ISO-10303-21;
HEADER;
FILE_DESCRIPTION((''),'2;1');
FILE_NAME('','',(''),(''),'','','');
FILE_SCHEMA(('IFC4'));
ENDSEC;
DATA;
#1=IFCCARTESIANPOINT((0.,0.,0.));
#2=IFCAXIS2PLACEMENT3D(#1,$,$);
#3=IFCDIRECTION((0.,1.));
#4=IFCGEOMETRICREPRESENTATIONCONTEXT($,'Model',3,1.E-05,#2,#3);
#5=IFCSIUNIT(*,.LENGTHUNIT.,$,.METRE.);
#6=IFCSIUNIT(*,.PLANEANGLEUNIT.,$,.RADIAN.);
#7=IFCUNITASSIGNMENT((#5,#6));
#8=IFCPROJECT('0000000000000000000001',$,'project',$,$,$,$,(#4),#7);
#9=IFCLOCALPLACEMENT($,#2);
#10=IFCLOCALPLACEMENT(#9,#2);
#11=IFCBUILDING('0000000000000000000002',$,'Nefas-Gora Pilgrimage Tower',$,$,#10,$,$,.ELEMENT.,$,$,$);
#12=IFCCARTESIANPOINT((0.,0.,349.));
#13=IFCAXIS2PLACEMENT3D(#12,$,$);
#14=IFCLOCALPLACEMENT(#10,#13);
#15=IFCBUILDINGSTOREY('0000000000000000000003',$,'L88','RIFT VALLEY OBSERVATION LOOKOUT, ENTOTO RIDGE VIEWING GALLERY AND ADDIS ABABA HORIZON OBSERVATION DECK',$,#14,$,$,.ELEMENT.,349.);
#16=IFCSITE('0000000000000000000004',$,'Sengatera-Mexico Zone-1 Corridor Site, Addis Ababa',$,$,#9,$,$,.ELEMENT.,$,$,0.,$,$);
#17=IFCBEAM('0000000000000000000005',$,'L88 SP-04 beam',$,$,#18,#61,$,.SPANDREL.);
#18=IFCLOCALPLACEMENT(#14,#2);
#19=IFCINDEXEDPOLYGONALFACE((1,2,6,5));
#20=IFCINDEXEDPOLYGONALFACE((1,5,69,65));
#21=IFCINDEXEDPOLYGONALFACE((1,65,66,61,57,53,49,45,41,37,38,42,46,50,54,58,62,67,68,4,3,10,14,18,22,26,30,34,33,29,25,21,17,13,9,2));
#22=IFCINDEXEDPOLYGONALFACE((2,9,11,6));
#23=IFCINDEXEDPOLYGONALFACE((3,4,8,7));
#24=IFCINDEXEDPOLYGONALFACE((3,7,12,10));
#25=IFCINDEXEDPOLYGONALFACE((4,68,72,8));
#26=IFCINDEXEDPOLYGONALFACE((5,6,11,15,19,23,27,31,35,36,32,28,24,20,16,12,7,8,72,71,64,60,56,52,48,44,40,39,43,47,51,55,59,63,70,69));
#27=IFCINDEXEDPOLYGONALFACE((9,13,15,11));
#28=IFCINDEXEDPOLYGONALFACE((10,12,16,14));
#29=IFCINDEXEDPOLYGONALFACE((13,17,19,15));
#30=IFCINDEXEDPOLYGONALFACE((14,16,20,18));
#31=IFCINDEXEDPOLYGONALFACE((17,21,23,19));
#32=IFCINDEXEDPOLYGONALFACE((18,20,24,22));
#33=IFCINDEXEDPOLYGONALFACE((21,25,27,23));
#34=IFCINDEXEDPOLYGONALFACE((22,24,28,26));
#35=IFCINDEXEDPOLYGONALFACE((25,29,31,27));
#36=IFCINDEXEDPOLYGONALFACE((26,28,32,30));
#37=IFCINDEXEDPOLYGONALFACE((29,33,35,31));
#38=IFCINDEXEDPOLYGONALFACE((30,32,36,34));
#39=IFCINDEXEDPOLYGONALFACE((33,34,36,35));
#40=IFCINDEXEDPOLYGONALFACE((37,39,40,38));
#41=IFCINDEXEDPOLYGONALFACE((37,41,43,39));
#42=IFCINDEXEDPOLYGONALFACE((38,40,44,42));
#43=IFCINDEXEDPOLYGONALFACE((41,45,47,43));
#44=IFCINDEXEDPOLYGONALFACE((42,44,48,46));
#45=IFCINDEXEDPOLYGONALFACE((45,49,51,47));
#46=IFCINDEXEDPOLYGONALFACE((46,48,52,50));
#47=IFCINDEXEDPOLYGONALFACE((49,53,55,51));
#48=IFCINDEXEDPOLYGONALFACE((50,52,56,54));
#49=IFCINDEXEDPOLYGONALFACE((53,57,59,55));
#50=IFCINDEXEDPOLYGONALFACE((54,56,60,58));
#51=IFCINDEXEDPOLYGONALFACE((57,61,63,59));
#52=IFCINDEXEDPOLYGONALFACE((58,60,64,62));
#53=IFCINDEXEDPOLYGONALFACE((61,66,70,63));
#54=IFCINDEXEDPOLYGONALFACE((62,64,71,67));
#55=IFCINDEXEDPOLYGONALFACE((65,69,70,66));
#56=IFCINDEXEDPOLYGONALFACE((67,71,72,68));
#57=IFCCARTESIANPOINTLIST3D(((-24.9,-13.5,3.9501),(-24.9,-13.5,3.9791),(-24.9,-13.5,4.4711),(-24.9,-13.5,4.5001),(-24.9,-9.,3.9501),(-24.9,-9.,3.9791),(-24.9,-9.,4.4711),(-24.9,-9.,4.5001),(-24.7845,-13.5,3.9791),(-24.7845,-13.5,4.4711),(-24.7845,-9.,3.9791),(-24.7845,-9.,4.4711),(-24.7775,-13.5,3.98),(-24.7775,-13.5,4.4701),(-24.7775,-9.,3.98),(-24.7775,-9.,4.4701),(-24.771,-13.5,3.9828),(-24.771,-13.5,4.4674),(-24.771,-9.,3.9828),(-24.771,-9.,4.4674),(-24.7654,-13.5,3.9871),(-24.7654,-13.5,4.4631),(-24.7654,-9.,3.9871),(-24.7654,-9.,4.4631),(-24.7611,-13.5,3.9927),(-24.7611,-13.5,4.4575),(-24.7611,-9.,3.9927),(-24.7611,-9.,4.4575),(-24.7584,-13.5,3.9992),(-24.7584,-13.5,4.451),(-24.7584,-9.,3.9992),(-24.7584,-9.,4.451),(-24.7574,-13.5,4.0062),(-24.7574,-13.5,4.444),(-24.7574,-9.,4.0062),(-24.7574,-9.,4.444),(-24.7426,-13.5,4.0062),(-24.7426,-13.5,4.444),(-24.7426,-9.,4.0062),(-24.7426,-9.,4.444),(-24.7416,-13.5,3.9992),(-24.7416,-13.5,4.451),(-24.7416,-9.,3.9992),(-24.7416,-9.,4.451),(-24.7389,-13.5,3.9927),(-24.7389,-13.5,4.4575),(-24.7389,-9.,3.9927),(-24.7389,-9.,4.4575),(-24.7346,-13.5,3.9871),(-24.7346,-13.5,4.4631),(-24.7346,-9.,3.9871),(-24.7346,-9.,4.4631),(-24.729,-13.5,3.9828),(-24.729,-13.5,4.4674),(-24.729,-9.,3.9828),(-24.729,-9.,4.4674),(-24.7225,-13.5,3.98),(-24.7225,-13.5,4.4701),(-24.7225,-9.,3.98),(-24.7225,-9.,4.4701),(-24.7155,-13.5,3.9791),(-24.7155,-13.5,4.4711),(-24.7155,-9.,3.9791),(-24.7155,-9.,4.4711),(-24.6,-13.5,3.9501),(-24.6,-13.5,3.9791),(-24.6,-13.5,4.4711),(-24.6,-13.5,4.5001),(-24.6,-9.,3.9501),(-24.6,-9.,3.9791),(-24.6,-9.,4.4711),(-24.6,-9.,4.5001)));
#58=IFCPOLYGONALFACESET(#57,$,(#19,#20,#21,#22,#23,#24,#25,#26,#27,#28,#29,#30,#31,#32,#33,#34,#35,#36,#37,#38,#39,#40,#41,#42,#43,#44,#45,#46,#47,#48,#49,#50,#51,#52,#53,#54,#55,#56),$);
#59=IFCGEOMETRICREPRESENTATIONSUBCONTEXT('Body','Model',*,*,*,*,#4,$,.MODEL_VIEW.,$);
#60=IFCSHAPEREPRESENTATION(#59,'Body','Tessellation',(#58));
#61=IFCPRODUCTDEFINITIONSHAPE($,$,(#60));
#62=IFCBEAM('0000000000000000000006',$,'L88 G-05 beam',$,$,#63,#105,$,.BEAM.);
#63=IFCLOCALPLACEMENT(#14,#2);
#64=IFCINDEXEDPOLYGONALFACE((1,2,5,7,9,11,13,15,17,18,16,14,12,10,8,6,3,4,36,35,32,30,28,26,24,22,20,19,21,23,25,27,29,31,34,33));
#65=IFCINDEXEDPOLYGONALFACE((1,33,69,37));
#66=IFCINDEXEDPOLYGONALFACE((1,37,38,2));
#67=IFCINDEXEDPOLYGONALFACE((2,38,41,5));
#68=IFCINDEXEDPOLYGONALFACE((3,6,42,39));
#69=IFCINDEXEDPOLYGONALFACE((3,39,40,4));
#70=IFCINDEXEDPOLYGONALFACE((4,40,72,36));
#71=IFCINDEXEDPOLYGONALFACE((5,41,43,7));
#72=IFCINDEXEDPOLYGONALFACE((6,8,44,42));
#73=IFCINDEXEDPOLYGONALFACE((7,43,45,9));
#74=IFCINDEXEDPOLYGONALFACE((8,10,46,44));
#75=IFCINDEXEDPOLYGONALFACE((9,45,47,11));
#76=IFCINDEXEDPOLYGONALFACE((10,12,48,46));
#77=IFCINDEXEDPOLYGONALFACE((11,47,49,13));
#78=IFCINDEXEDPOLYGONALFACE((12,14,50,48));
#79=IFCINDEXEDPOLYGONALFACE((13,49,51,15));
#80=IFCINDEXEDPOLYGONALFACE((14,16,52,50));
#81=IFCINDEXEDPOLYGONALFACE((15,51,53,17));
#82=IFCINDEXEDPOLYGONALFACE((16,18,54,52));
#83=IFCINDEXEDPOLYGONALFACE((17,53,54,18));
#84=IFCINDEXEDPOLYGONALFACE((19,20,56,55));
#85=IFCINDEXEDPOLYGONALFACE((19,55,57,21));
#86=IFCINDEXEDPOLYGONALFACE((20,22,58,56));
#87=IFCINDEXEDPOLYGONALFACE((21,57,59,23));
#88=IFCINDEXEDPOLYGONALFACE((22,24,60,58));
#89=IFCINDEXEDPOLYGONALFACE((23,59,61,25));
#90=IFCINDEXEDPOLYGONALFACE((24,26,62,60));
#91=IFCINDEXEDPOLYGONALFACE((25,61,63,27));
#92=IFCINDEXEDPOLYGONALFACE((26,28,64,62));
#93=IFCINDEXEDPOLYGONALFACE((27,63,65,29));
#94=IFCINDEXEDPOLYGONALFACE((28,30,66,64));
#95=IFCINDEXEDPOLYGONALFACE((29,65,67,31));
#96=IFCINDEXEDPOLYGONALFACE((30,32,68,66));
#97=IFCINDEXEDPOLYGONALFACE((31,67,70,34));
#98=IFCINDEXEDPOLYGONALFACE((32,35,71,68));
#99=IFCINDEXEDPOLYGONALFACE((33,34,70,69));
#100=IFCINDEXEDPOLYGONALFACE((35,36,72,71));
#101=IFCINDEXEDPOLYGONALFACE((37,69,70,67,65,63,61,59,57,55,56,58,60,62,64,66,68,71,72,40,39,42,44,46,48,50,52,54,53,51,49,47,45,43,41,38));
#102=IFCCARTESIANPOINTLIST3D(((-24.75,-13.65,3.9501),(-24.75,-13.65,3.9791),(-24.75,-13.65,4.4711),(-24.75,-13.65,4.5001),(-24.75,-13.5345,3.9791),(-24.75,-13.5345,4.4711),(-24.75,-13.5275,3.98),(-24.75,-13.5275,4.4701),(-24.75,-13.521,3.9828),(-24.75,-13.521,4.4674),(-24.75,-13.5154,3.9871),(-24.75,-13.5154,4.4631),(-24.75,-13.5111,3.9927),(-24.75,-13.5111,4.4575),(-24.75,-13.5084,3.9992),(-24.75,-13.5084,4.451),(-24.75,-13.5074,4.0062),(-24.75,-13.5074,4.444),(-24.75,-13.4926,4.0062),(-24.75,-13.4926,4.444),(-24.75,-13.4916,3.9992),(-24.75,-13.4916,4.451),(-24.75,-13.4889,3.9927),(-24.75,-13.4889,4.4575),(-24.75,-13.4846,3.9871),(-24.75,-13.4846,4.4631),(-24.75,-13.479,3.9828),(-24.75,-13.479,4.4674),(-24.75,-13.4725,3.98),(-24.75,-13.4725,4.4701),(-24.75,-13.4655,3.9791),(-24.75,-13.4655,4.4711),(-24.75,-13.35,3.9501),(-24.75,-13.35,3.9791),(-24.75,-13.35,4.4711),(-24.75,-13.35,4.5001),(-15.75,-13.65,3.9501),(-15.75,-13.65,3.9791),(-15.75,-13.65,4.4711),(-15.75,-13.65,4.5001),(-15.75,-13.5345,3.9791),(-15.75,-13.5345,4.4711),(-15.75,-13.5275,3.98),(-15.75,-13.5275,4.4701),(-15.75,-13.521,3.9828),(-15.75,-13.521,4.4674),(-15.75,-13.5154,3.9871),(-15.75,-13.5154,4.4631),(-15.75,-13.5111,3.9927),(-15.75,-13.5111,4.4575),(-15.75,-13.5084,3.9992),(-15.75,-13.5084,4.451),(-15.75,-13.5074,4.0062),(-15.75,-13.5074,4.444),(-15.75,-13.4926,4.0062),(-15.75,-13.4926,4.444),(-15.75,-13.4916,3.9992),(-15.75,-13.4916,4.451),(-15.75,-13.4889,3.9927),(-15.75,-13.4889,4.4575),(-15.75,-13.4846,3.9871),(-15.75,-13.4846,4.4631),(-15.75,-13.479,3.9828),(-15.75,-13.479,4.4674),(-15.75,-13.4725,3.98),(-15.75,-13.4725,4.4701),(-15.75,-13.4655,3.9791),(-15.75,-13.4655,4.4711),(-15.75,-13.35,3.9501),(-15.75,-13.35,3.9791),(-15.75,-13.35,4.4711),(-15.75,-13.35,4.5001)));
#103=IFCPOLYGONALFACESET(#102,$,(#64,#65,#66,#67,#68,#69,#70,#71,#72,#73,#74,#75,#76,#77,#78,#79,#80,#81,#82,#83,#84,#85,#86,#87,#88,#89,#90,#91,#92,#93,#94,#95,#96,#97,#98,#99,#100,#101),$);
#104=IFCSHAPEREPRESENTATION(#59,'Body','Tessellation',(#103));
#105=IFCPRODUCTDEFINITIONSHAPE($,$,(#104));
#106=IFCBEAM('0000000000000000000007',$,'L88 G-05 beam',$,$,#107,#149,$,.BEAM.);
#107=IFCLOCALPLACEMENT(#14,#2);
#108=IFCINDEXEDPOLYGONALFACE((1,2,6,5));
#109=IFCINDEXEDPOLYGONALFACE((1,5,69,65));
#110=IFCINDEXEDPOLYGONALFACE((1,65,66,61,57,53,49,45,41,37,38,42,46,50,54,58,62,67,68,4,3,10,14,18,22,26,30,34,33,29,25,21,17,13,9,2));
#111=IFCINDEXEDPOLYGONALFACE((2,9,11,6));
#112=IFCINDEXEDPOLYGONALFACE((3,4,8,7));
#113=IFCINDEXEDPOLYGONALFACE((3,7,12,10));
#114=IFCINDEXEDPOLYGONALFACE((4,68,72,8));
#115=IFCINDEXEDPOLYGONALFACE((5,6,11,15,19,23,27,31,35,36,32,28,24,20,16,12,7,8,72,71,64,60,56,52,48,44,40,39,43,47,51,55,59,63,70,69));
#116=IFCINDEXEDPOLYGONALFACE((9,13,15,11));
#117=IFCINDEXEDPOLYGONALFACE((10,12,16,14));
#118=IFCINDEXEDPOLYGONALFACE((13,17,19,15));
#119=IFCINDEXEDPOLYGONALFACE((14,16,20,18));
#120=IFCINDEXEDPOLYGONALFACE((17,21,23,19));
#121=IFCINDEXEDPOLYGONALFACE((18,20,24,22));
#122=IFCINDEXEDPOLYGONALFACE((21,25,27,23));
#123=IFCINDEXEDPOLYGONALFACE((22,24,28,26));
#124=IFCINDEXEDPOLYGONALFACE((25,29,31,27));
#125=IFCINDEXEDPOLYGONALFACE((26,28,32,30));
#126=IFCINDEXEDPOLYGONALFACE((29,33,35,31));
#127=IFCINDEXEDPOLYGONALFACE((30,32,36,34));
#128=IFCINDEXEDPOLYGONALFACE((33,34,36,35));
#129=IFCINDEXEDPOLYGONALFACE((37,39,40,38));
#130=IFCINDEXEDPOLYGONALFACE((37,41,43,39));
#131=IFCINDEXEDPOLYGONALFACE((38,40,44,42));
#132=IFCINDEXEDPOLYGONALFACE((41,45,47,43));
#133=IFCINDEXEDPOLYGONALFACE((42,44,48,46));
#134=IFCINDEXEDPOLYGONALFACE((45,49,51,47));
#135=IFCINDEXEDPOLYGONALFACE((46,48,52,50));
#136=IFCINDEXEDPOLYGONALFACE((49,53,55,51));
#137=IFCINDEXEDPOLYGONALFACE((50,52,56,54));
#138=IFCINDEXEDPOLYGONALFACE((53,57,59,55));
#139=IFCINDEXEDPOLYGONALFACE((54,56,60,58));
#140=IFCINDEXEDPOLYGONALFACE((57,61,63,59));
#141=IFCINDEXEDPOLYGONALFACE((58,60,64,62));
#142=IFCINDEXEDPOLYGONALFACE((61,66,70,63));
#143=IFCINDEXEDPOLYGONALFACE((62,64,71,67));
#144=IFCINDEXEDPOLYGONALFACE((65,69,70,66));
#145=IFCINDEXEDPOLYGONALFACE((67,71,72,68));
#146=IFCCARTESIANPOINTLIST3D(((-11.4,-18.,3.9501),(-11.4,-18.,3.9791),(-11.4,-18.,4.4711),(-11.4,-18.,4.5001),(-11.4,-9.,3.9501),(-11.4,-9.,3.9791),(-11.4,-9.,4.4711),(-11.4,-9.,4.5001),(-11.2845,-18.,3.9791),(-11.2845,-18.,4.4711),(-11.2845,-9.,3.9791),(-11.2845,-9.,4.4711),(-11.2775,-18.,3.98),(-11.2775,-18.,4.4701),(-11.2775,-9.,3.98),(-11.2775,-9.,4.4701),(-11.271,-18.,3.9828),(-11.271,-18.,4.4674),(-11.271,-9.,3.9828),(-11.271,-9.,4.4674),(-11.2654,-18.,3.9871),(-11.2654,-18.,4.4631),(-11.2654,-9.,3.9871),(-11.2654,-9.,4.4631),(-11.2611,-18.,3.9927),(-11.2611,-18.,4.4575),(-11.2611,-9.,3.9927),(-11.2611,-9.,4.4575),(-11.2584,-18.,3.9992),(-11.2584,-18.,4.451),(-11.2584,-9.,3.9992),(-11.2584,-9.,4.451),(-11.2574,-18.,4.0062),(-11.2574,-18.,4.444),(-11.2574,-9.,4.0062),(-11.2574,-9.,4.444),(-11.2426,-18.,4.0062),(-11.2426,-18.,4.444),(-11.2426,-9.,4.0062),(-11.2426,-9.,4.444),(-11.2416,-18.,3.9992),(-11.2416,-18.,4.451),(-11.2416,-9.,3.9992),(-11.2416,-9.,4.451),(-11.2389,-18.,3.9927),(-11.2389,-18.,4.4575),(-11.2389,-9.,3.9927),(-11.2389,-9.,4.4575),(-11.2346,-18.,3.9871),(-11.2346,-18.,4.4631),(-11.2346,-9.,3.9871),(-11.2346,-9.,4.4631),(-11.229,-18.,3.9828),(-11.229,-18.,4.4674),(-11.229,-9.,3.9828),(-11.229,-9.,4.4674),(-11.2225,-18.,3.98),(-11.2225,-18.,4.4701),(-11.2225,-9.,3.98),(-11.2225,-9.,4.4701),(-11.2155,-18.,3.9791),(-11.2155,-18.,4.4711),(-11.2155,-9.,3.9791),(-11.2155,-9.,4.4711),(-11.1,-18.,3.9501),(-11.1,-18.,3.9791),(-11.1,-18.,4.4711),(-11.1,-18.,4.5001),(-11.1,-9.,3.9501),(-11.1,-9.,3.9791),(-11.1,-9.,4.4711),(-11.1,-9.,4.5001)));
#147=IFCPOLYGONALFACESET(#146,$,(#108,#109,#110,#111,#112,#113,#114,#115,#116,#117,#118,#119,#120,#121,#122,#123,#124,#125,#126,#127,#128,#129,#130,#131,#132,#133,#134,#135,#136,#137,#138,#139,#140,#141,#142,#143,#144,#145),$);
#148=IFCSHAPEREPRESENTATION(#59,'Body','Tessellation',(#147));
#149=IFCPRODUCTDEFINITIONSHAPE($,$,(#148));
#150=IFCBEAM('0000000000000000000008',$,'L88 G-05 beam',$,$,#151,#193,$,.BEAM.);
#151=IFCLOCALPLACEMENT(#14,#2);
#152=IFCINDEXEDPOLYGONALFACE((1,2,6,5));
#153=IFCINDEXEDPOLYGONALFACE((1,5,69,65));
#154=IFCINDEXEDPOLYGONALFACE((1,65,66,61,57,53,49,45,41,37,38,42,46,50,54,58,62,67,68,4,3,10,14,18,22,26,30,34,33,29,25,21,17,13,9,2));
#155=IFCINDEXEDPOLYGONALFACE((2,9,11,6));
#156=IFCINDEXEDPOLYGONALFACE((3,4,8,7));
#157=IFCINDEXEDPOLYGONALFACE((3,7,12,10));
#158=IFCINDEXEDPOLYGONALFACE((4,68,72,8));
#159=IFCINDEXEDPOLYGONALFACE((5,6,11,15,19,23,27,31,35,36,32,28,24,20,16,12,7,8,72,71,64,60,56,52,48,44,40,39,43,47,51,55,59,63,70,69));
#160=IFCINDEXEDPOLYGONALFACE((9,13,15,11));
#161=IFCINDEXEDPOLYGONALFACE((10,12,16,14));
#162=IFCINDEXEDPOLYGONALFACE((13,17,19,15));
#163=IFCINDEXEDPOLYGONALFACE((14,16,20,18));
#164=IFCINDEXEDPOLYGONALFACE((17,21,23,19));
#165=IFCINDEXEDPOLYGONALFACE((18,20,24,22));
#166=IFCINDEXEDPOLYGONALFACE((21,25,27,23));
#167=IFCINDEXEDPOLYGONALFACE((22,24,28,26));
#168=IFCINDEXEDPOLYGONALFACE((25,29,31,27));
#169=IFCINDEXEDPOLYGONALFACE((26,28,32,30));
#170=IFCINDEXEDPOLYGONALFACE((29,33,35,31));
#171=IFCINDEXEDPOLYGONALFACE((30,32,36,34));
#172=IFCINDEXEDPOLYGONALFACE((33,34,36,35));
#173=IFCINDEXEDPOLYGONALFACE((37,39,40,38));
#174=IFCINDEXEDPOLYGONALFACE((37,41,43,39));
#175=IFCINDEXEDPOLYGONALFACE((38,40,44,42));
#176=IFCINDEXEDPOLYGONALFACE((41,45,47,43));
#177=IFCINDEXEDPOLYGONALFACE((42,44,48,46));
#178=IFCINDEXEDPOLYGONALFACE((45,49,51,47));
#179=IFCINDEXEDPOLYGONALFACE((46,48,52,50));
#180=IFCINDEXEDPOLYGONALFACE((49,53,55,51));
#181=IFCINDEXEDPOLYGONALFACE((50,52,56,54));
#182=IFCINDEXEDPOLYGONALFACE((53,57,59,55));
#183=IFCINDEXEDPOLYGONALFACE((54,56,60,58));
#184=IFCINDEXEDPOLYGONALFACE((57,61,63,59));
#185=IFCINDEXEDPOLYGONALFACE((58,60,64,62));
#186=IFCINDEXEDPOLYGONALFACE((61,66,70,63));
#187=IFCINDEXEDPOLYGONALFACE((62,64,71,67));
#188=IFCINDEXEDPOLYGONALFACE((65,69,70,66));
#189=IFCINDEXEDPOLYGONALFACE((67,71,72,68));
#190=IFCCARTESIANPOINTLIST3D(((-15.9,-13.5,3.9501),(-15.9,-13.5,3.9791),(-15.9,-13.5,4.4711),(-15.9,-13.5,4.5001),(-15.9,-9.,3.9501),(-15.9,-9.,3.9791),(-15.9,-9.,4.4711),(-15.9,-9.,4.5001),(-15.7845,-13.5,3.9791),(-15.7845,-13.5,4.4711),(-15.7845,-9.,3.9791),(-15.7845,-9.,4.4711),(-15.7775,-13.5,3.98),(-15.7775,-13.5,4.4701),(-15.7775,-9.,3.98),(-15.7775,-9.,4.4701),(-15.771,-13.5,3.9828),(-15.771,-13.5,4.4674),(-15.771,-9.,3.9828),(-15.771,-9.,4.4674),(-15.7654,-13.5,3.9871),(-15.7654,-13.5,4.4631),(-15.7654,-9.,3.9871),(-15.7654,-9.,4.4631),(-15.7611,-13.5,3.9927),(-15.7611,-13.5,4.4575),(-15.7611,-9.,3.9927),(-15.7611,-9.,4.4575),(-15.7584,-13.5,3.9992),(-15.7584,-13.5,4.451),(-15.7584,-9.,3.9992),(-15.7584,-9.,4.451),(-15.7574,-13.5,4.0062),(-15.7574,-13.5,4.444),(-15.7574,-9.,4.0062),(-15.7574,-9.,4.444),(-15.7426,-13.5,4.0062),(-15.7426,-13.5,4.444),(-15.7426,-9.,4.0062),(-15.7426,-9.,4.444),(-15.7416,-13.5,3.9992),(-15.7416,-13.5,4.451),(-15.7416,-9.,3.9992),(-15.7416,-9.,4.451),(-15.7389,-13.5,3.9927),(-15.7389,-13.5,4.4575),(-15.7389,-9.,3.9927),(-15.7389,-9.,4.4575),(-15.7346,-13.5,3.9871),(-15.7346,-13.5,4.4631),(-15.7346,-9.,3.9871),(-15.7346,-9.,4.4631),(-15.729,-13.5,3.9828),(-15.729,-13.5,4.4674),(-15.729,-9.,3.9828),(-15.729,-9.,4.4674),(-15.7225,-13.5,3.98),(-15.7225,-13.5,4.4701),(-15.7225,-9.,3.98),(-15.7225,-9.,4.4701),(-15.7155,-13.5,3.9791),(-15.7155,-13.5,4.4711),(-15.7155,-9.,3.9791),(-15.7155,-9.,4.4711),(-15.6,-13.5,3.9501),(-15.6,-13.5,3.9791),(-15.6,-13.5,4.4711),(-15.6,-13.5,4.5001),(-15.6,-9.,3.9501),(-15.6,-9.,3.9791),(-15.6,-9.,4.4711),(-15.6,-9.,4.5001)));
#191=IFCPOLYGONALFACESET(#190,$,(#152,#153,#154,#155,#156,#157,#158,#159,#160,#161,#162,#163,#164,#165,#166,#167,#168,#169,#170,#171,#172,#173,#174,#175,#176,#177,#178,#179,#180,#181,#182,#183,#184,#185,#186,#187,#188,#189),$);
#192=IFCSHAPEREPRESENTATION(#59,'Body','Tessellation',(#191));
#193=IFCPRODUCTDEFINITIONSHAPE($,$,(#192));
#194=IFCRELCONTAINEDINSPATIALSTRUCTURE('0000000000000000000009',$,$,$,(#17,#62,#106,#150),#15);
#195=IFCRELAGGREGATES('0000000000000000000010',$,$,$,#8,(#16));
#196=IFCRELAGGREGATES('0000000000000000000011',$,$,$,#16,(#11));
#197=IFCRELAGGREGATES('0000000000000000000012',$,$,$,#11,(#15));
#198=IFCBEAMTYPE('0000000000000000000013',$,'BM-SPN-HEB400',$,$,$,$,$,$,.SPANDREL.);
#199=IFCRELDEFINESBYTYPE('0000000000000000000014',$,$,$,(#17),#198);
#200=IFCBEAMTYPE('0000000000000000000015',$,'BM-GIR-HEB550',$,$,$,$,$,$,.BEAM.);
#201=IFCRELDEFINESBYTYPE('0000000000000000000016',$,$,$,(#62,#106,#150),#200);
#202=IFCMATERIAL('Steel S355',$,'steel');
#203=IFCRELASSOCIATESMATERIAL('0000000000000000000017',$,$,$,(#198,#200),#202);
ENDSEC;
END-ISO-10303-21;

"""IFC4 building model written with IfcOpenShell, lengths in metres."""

from ifc_helpers import new_model, si_unit, direction, frame, origin, origin_2d, place, context, subcontext, project, spatial, i_section, extrude, source, transform, mapped, material, material_profile, profile_set, type_object, element, save


model = new_model("IFC4")

# Units and contexts
model_context = context("Model", 3, precision=1e-05, world=origin(), true_north=direction((0.0, 1.0)))
body_context = subcontext(model_context, "Body", "Model", "MODEL_VIEW")
ifc_project = project(units=[si_unit("LENGTHUNIT", "METRE"), si_unit("PLANEANGLEUNIT", "RADIAN")], contexts=[model_context])

# Site, building, storey
site_placement = place(None, origin())
site = spatial("IfcSite", under=ifc_project, at=site_placement, Name="Sengatera-Mexico Zone-1 Corridor Site, Addis Ababa", CompositionType="ELEMENT", RefElevation=0.0)
building_placement = place(site_placement, origin())
building = spatial("IfcBuilding", under=site, at=building_placement, Name="Nefas-Gora Pilgrimage Tower", CompositionType="ELEMENT")
storey_placement = place(building_placement, frame((0.0, 0.0, 349.0)))
storey = spatial("IfcBuildingStorey", under=building, at=storey_placement, Name="L88", Description="RIFT VALLEY OBSERVATION LOOKOUT, ENTOTO RIDGE VIEWING GALLERY AND ADDIS ABABA HORIZON OBSERVATION DECK", CompositionType="ELEMENT", Elevation=349.0)

# Shared definitions
ifc_material_1 = material(Name="Steel S355", Category="steel")

# Beams
ifc_material_profile_1 = material_profile(ifc_material_1, i_section(OverallWidth=0.3, OverallDepth=0.55, WebThickness=0.0149, FlangeThickness=0.0291, FilletRadius=0.0271, at=origin_2d()), Name="HEB 550")
ifc_profile_set_1 = profile_set([ifc_material_profile_1], Name="Steel S355")
beam_type_1 = type_object("IfcBeamType", Name="BM-SPN-HEB400", PredefinedType="SPANDREL", material=ifc_profile_set_1)
shared_shape_1 = source(origin(), body_context, "Body", "SweptSolid", [
    extrude(i_section(OverallWidth=0.3, OverallDepth=0.55, WebThickness=0.0149, FlangeThickness=0.0291, FilletRadius=0.0271, at=origin_2d()), origin(), (0.0, 0.0, 1.0), 4.5),
])
beam_placement = place(storey_placement, frame((-24.75, -13.5, 4.2251), z_axis=(0.0, 1.0, 0.0), x_axis=(-1.0, 0.0, 0.0)))
element("IfcBeam", 1, at=beam_placement, inside=storey, type_object=beam_type_1, Name="L88 SP-04 beam", PredefinedType="SPANDREL", context=body_context, shape_type="MappedRepresentation", body=[
    mapped(shared_shape_1, transform((0.0, 0.0, 0.0), x_axis=(1.0, 0.0, 0.0), y_axis=(0.0, 1.0, 0.0), z_axis=(0.0, 0.0, 1.0), scale=1.0)),
])
ifc_material_profile_2 = material_profile(ifc_material_1, i_section(OverallWidth=0.3, OverallDepth=0.55, WebThickness=0.0149, FlangeThickness=0.0291, FilletRadius=0.0271, at=origin_2d()), Name="HEB 550")
ifc_profile_set_2 = profile_set([ifc_material_profile_2], Name="Steel S355")
beam_type_2 = type_object("IfcBeamType", Name="BM-GIR-HEB550", PredefinedType="BEAM", material=ifc_profile_set_2)
shared_shape_2 = source(origin(), body_context, "Body", "SweptSolid", [
    extrude(i_section(OverallWidth=0.3, OverallDepth=0.55, WebThickness=0.0149, FlangeThickness=0.0291, FilletRadius=0.0271, at=origin_2d()), origin(), (0.0, 0.0, 1.0), 9.0),
])
for number, where, z_axis, x_axis, name in (
    (2, (-24.75, -13.5, 4.2251), (1.0, 0.0, 0.0), (0.0, 1.0, 0.0), "L88 G-05 beam"),
    (3, (-11.25, -18.0, 4.2251), (0.0, 1.0, 0.0), (-1.0, 0.0, 0.0), "L88 G-05 beam"),
):
    element("IfcBeam", number, at=place(storey_placement, frame(where, z_axis=z_axis, x_axis=x_axis)), inside=storey, type_object=beam_type_2, Name=name, PredefinedType="BEAM", context=body_context, shape_type="MappedRepresentation", body=[
        mapped(shared_shape_2, transform((0.0, 0.0, 0.0), x_axis=(1.0, 0.0, 0.0), y_axis=(0.0, 1.0, 0.0), z_axis=(0.0, 0.0, 1.0), scale=1.0)),
    ])
shared_shape_3 = source(origin(), body_context, "Body", "SweptSolid", [
    extrude(i_section(OverallWidth=0.3, OverallDepth=0.55, WebThickness=0.0149, FlangeThickness=0.0291, FilletRadius=0.0271, at=origin_2d()), origin(), (0.0, 0.0, 1.0), 4.5),
])
for number, where, z_axis, x_axis, name in (
    (4, (-15.75, -13.5, 4.2251), (0.0, 1.0, 0.0), (-1.0, 0.0, 0.0), "L88 G-05 beam"),
):
    element("IfcBeam", number, at=place(storey_placement, frame(where, z_axis=z_axis, x_axis=x_axis)), inside=storey, type_object=beam_type_2, Name=name, PredefinedType="BEAM", context=body_context, shape_type="MappedRepresentation", body=[
        mapped(shared_shape_3, transform((0.0, 0.0, 0.0), x_axis=(1.0, 0.0, 0.0), y_axis=(0.0, 1.0, 0.0), z_axis=(0.0, 0.0, 1.0), scale=1.0)),
    ])

save(model, "model.ifc")
